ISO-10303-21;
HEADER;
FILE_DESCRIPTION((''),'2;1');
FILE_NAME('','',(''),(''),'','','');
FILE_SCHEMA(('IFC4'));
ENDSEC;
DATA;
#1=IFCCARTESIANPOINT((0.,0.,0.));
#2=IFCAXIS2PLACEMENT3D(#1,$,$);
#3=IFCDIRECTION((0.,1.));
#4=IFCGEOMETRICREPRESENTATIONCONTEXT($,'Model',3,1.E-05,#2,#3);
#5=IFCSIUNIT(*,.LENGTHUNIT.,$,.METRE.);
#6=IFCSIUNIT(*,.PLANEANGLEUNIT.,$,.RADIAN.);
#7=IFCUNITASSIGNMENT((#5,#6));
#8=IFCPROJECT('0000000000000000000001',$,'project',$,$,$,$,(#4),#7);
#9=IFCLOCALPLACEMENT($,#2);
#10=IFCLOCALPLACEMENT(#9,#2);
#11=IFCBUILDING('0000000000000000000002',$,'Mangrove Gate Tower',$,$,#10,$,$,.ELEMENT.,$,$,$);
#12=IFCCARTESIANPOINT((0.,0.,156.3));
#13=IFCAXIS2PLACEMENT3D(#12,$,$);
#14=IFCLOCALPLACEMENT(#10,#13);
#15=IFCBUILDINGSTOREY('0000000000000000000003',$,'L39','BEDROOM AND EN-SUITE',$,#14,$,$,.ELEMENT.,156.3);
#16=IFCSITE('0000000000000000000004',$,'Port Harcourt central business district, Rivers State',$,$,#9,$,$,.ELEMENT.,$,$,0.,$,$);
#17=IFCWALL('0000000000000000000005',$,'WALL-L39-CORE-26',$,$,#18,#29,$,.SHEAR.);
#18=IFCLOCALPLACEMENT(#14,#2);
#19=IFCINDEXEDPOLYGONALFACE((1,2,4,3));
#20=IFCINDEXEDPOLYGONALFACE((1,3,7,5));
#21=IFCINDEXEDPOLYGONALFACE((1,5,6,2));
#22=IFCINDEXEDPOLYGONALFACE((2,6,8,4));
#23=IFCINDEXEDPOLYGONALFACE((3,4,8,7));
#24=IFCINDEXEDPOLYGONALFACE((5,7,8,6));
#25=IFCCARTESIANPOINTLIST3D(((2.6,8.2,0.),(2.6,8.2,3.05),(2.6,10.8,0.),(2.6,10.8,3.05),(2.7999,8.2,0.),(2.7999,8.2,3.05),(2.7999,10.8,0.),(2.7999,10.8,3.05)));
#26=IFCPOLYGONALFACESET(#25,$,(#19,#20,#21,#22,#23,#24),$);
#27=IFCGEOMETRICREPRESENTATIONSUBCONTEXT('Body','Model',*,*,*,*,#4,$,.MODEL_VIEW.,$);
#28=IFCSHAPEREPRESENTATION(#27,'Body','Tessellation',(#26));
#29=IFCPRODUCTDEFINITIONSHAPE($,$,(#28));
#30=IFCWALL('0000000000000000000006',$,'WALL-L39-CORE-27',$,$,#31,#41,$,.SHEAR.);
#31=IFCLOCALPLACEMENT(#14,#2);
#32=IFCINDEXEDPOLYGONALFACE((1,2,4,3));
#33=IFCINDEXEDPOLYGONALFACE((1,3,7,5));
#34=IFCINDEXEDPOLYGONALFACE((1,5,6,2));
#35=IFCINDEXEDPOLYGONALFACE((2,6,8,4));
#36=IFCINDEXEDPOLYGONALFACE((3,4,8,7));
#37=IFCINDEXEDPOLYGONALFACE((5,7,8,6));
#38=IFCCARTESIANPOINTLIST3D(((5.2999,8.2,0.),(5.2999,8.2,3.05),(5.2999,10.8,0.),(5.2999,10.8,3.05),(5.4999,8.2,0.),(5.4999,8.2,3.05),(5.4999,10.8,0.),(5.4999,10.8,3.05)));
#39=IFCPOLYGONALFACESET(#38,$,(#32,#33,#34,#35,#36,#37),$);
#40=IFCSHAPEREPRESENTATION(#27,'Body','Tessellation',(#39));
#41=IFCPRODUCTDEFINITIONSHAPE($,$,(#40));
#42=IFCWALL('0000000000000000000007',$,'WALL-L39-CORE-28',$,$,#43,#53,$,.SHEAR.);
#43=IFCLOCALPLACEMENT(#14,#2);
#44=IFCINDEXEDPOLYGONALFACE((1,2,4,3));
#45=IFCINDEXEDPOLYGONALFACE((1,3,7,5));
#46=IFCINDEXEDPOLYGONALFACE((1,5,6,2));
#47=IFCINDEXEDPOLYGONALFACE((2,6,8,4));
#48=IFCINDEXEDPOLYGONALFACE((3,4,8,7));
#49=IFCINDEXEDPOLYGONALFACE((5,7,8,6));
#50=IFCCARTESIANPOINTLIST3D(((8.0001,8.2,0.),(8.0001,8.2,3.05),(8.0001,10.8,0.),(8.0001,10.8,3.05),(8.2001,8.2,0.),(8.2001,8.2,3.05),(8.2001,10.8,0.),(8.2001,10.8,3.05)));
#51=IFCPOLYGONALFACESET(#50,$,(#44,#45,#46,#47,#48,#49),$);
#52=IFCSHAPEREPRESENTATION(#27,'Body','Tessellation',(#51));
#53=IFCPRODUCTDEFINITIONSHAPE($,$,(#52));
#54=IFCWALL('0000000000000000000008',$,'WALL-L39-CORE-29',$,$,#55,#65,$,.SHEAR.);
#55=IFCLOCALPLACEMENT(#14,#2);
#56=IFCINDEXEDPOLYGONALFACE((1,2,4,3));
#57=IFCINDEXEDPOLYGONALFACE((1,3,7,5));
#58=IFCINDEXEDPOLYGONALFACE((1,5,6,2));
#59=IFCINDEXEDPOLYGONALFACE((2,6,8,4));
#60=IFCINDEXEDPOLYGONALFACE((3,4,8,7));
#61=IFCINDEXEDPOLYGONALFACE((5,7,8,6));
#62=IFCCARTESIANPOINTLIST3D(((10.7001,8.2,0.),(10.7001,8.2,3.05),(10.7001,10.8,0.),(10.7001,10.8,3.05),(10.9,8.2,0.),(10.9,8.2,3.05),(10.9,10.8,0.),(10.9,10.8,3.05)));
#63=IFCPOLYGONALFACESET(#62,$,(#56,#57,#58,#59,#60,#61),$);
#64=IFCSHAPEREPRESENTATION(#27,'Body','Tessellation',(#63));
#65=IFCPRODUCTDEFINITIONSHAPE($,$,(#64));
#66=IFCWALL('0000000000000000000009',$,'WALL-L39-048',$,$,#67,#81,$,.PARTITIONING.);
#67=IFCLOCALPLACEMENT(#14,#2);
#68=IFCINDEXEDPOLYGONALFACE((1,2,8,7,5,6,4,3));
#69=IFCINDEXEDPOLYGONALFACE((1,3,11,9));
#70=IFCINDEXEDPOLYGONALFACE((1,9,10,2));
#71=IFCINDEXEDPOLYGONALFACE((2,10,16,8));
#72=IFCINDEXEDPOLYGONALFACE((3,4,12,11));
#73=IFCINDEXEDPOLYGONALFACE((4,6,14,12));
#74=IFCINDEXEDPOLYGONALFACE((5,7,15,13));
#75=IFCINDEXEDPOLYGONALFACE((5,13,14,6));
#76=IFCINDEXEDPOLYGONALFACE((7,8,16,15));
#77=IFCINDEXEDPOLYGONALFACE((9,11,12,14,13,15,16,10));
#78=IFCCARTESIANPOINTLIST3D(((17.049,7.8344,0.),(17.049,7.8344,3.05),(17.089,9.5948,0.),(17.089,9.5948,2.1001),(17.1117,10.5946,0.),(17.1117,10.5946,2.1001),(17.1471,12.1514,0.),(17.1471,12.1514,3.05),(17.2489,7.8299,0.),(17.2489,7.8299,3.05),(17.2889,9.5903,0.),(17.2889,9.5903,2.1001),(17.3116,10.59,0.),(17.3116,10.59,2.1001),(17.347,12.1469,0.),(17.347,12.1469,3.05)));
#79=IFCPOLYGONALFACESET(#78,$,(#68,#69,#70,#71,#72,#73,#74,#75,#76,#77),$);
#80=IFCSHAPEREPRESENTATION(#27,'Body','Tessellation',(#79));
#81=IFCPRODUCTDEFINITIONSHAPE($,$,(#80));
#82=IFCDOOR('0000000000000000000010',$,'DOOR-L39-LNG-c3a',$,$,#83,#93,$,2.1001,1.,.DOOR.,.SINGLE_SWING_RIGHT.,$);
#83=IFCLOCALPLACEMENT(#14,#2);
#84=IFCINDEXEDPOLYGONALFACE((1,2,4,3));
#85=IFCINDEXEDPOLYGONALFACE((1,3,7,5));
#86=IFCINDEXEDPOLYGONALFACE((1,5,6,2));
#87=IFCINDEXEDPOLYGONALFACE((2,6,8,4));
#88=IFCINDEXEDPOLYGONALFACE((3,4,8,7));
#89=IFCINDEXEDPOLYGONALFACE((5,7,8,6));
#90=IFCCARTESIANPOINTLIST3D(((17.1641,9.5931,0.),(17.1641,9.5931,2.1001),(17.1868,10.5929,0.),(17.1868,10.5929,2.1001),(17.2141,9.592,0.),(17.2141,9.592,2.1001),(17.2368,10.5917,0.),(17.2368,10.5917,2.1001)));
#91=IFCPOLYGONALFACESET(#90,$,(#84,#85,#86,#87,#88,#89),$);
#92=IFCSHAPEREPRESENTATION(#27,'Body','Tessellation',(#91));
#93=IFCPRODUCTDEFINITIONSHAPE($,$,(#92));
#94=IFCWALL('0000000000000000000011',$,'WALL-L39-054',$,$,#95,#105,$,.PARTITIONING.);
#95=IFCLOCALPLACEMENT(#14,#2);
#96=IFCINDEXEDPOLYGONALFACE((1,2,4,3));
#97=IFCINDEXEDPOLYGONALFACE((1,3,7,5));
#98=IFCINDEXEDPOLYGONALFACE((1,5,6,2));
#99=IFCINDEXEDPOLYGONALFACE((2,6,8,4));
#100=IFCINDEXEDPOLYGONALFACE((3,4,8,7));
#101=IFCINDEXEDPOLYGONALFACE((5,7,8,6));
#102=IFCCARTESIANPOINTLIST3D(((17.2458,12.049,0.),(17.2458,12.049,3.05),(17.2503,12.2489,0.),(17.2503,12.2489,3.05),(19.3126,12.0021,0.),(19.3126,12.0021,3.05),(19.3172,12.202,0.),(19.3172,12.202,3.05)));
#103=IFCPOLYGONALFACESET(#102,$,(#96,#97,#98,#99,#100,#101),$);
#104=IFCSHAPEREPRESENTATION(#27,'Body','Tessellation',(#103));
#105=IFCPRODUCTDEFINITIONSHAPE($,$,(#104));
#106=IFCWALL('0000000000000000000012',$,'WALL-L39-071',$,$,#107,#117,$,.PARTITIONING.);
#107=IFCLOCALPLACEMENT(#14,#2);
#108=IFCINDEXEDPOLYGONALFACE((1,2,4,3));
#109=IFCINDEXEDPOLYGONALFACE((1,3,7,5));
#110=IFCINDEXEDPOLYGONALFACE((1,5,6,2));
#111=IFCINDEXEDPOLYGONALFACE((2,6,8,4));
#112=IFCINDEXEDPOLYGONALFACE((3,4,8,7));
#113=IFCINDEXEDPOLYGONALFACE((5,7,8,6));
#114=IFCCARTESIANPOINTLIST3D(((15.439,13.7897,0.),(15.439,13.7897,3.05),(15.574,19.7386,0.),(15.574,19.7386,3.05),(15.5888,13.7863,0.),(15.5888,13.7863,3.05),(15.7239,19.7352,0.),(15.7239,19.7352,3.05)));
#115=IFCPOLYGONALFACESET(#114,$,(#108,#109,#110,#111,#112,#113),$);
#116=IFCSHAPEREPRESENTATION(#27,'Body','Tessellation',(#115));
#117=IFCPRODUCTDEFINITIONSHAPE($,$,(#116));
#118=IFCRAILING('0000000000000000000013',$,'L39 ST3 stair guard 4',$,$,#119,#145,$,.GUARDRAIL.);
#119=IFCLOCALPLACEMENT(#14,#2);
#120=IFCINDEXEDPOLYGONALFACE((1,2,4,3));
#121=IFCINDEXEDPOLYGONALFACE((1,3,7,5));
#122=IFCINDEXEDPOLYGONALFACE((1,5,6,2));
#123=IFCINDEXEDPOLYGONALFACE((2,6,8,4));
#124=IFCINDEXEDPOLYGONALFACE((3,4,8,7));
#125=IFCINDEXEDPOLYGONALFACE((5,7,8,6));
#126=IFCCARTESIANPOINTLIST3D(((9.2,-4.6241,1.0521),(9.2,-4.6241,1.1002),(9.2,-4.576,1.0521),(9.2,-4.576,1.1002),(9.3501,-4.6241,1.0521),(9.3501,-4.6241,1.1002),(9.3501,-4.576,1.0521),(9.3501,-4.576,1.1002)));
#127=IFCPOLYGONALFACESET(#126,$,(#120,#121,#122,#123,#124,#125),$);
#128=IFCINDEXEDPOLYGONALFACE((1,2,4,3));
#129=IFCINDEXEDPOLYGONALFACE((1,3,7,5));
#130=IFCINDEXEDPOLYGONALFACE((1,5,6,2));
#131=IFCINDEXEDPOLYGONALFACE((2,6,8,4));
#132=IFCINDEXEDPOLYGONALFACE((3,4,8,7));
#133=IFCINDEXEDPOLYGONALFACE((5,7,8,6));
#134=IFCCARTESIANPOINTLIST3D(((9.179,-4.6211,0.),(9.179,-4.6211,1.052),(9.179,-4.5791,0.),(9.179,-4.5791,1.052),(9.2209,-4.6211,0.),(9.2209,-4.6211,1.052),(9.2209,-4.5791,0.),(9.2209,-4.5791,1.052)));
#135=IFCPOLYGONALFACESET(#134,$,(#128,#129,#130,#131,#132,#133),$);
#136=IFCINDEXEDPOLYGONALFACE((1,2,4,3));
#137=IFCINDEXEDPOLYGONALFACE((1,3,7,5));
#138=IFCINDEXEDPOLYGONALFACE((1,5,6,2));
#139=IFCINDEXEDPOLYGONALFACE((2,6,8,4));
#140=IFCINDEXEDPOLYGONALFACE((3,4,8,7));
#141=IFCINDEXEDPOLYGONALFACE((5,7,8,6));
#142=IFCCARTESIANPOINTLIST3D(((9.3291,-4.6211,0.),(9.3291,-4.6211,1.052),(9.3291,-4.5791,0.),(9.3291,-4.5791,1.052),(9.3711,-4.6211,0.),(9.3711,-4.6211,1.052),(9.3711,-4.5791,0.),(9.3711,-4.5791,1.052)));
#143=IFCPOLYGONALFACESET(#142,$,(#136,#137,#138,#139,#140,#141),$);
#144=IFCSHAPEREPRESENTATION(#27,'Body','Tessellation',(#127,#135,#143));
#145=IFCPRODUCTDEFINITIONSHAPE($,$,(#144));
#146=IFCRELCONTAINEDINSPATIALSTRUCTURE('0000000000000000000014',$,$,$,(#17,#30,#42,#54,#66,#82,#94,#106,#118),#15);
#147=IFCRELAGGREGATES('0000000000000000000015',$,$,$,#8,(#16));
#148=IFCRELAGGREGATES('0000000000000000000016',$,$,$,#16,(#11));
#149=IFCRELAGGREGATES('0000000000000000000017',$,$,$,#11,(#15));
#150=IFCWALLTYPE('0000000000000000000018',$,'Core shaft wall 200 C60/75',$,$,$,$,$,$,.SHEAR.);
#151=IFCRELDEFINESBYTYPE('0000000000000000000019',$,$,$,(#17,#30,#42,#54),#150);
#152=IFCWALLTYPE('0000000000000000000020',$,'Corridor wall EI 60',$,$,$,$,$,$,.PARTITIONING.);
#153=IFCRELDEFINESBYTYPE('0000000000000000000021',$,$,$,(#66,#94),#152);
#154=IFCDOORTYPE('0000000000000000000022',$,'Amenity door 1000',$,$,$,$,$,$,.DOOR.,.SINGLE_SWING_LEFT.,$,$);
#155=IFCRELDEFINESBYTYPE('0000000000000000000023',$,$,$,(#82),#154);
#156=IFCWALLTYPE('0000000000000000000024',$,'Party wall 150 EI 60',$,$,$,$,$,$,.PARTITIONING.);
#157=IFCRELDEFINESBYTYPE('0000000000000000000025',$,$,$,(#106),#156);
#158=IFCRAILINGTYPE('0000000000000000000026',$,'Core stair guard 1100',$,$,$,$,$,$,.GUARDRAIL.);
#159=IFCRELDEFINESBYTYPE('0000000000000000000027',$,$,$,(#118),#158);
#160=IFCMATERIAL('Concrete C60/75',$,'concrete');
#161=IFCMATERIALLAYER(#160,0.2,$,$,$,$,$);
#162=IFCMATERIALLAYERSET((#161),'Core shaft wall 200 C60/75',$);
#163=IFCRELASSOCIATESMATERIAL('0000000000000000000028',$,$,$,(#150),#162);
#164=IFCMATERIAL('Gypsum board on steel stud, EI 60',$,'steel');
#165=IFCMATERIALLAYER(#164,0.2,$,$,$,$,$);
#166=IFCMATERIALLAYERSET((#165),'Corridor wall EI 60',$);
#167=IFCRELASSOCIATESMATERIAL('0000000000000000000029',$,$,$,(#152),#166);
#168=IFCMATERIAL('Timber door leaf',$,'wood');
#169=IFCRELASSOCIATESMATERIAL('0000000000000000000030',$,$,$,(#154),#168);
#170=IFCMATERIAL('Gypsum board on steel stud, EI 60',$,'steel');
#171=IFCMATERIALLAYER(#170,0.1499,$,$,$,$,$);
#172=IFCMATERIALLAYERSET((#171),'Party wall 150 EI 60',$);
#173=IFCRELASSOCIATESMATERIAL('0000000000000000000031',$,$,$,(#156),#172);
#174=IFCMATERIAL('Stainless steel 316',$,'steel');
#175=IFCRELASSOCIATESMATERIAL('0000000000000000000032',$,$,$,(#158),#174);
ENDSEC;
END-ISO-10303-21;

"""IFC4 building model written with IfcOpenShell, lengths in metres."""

from ifc_helpers import new_model, si_unit, direction, frame, frame_2d, origin, origin_2d, place, context, subcontext, project, spatial, rectangle, extrude, material, layer, layer_set, type_object, element, fill, save


model = new_model("IFC4")

# Units and contexts
model_context = context("Model", 3, precision=1e-05, world=origin(), true_north=direction((0.0, 1.0)))
body_context = subcontext(model_context, "Body", "Model", "MODEL_VIEW")
ifc_project = project(units=[si_unit("LENGTHUNIT", "METRE"), si_unit("PLANEANGLEUNIT", "RADIAN")], contexts=[model_context])

# Site, building, storey
site_placement = place(None, origin())
site = spatial("IfcSite", under=ifc_project, at=site_placement, Name="Port Harcourt central business district, Rivers State", CompositionType="ELEMENT", RefElevation=0.0)
building_placement = place(site_placement, origin())
building = spatial("IfcBuilding", under=site, at=building_placement, Name="Mangrove Gate Tower", CompositionType="ELEMENT")
storey_placement = place(building_placement, frame((0.0, 0.0, 156.3)))
storey = spatial("IfcBuildingStorey", under=building, at=storey_placement, Name="L39", Description="BEDROOM AND EN-SUITE", CompositionType="ELEMENT", Elevation=156.3)

# Walls
ifc_material_1 = material(Name="Concrete C60/75", Category="concrete")
ifc_layer_1 = layer(ifc_material_1, 0.2)
ifc_layer_set_1 = layer_set([ifc_layer_1], Name="Core shaft wall 200 C60/75")
wall_type_1 = type_object("IfcWallType", Name="Core shaft wall 200 C60/75", PredefinedType="SHEAR", material=ifc_layer_set_1)
for number, where, z_axis, x_axis, name in (
    (1, (2.7, 8.2, 0.0), (0.0, 0.0, 1.0), (0.0, 1.0, 0.0), "WALL-L39-CORE-26"),
    (2, (5.3999, 8.2, 0.0), (0.0, 0.0, 1.0), (0.0, 1.0, 0.0), "WALL-L39-CORE-27"),
    (3, (8.1001, 8.2, 0.0), (0.0, 0.0, 1.0), (0.0, 1.0, 0.0), "WALL-L39-CORE-28"),
    (4, (10.8, 8.2, 0.0), (0.0, 0.0, 1.0), (0.0, 1.0, 0.0), "WALL-L39-CORE-29"),
):
    element("IfcWall", number, at=place(storey_placement, frame(where, z_axis=z_axis, x_axis=x_axis)), inside=storey, type_object=wall_type_1, Name=name, PredefinedType="SHEAR", context=body_context, shape_type="SweptSolid", body=[
        extrude(rectangle(XDim=2.6001, YDim=0.2, at=frame_2d((1.3, 0.0))), origin(), (0.0, 0.0, 1.0), 3.05),
    ])

# Wall, opening, door
ifc_material_2 = material(Name="Gypsum board on steel stud, EI 60", Category="steel")
ifc_layer_2 = layer(ifc_material_2, 0.2)
ifc_layer_set_2 = layer_set([ifc_layer_2], Name="Corridor wall EI 60")
wall_type_2 = type_object("IfcWallType", Name="Corridor wall EI 60", PredefinedType="PARTITIONING", material=ifc_layer_set_2)
wall_1_placement = place(storey_placement, frame((17.1489, 7.832, 0.0), z_axis=(0.0, 0.0, 1.0), x_axis=(0.022729, 0.999742, 0.0)))
wall_1 = element("IfcWall", 5, at=wall_1_placement, inside=storey, type_object=wall_type_2, Name="WALL-L39-048", PredefinedType="PARTITIONING", context=body_context, shape_type="SweptSolid", body=[
    extrude(rectangle(XDim=4.3181, YDim=0.2, at=frame_2d((2.1592, 0.0))), origin(), (0.0, 0.0, 1.0), 3.05),
])
opening_1_placement = place(wall_1_placement, frame((1.761, 0.0, 0.0)))
opening_1 = element("IfcOpeningElement", 6, at=opening_1_placement, cuts=wall_1, PredefinedType="OPENING", context=body_context, shape_type="SweptSolid", body=[
    extrude(rectangle(XDim=1.0, YDim=2.1001, at=frame_2d((0.5, 1.05))), frame((0.0, 0.1099, 0.0), z_axis=(0.0, -1.0, 0.0), x_axis=(1.0, 0.0, 0.0)), (0.0, 0.0, 1.0), 0.22),
])
ifc_material_3 = material(Name="Timber door leaf", Category="wood")
door_type_1 = type_object("IfcDoorType", Name="Amenity door 1000", OperationType="SINGLE_SWING_LEFT", PredefinedType="DOOR", material=ifc_material_3)
door_1_placement = place(opening_1_placement, origin())
door_1 = element("IfcDoor", 7, at=door_1_placement, inside=storey, type_object=door_type_1, Name="DOOR-L39-LNG-c3a", OperationType="SINGLE_SWING_RIGHT", OverallHeight=2.1001, OverallWidth=1.0, PredefinedType="DOOR", context=body_context, shape_type="SweptSolid", body=[
    extrude(rectangle(XDim=1.0, YDim=2.1001, at=frame_2d((0.5, 1.05))), frame((0.0, 0.0249, 0.0), z_axis=(0.0, -1.0, 0.0), x_axis=(1.0, 0.0, 0.0)), (0.0, 0.0, 1.0), 0.05),
])
fill(opening_1, door_1)

# Walls
wall_2_placement = place(storey_placement, frame((17.248, 12.1489, 0.0), z_axis=(0.0, 0.0, 1.0), x_axis=(0.999743, -0.022673, 0.0)))
element("IfcWall", 8, at=wall_2_placement, inside=storey, type_object=wall_type_2, Name="WALL-L39-054", PredefinedType="PARTITIONING", context=body_context, shape_type="SweptSolid", body=[
    extrude(rectangle(XDim=2.0674, YDim=0.2, at=frame_2d((1.0337, 0.0))), origin(), (0.0, 0.0, 1.0), 3.05),
])
ifc_material_4 = material(Name="Gypsum board on steel stud, EI 60", Category="steel")
ifc_layer_3 = layer(ifc_material_4, 0.1499)
ifc_layer_set_3 = layer_set([ifc_layer_3], Name="Party wall 150 EI 60")
wall_type_3 = type_object("IfcWallType", Name="Party wall 150 EI 60", PredefinedType="PARTITIONING", material=ifc_layer_set_3)
wall_3_placement = place(storey_placement, frame((15.5139, 13.7881, 0.0), z_axis=(0.0, 0.0, 1.0), x_axis=(0.022689, 0.999743, 0.0)))
element("IfcWall", 9, at=wall_3_placement, inside=storey, type_object=wall_type_3, Name="WALL-L39-071", PredefinedType="PARTITIONING", context=body_context, shape_type="SweptSolid", body=[
    extrude(rectangle(XDim=5.9504, YDim=0.1499, at=frame_2d((2.9751, 0.0))), origin(), (0.0, 0.0, 1.0), 3.05),
])

# Railing
ifc_material_5 = material(Name="Stainless steel 316", Category="steel")
railing_type = type_object("IfcRailingType", Name="Core stair guard 1100", PredefinedType="GUARDRAIL", material=ifc_material_5)
railing_placement = place(storey_placement, frame((9.2, -4.6001, 0.0)))
element("IfcRailing", 10, at=railing_placement, inside=storey, type_object=railing_type, Name="L39 ST3 stair guard 4", PredefinedType="GUARDRAIL", context=body_context, shape_type="SweptSolid", body=[
    extrude(rectangle(XDim=0.0481, YDim=0.0481, at=origin_2d()), frame((0.0, 0.0, 1.0762), z_axis=(1.0, 0.0, 0.0), x_axis=(0.0, 1.0, 0.0)), (0.0, 0.0, 1.0), 0.1501),
    extrude(rectangle(XDim=0.042, YDim=0.042, at=origin_2d()), origin(), (0.0, 0.0, 1.0), 1.052),
    extrude(rectangle(XDim=0.042, YDim=0.042, at=origin_2d()), frame((0.1501, 0.0, 0.0)), (0.0, 0.0, 1.0), 1.052),
])

save(model, "model.ifc")
